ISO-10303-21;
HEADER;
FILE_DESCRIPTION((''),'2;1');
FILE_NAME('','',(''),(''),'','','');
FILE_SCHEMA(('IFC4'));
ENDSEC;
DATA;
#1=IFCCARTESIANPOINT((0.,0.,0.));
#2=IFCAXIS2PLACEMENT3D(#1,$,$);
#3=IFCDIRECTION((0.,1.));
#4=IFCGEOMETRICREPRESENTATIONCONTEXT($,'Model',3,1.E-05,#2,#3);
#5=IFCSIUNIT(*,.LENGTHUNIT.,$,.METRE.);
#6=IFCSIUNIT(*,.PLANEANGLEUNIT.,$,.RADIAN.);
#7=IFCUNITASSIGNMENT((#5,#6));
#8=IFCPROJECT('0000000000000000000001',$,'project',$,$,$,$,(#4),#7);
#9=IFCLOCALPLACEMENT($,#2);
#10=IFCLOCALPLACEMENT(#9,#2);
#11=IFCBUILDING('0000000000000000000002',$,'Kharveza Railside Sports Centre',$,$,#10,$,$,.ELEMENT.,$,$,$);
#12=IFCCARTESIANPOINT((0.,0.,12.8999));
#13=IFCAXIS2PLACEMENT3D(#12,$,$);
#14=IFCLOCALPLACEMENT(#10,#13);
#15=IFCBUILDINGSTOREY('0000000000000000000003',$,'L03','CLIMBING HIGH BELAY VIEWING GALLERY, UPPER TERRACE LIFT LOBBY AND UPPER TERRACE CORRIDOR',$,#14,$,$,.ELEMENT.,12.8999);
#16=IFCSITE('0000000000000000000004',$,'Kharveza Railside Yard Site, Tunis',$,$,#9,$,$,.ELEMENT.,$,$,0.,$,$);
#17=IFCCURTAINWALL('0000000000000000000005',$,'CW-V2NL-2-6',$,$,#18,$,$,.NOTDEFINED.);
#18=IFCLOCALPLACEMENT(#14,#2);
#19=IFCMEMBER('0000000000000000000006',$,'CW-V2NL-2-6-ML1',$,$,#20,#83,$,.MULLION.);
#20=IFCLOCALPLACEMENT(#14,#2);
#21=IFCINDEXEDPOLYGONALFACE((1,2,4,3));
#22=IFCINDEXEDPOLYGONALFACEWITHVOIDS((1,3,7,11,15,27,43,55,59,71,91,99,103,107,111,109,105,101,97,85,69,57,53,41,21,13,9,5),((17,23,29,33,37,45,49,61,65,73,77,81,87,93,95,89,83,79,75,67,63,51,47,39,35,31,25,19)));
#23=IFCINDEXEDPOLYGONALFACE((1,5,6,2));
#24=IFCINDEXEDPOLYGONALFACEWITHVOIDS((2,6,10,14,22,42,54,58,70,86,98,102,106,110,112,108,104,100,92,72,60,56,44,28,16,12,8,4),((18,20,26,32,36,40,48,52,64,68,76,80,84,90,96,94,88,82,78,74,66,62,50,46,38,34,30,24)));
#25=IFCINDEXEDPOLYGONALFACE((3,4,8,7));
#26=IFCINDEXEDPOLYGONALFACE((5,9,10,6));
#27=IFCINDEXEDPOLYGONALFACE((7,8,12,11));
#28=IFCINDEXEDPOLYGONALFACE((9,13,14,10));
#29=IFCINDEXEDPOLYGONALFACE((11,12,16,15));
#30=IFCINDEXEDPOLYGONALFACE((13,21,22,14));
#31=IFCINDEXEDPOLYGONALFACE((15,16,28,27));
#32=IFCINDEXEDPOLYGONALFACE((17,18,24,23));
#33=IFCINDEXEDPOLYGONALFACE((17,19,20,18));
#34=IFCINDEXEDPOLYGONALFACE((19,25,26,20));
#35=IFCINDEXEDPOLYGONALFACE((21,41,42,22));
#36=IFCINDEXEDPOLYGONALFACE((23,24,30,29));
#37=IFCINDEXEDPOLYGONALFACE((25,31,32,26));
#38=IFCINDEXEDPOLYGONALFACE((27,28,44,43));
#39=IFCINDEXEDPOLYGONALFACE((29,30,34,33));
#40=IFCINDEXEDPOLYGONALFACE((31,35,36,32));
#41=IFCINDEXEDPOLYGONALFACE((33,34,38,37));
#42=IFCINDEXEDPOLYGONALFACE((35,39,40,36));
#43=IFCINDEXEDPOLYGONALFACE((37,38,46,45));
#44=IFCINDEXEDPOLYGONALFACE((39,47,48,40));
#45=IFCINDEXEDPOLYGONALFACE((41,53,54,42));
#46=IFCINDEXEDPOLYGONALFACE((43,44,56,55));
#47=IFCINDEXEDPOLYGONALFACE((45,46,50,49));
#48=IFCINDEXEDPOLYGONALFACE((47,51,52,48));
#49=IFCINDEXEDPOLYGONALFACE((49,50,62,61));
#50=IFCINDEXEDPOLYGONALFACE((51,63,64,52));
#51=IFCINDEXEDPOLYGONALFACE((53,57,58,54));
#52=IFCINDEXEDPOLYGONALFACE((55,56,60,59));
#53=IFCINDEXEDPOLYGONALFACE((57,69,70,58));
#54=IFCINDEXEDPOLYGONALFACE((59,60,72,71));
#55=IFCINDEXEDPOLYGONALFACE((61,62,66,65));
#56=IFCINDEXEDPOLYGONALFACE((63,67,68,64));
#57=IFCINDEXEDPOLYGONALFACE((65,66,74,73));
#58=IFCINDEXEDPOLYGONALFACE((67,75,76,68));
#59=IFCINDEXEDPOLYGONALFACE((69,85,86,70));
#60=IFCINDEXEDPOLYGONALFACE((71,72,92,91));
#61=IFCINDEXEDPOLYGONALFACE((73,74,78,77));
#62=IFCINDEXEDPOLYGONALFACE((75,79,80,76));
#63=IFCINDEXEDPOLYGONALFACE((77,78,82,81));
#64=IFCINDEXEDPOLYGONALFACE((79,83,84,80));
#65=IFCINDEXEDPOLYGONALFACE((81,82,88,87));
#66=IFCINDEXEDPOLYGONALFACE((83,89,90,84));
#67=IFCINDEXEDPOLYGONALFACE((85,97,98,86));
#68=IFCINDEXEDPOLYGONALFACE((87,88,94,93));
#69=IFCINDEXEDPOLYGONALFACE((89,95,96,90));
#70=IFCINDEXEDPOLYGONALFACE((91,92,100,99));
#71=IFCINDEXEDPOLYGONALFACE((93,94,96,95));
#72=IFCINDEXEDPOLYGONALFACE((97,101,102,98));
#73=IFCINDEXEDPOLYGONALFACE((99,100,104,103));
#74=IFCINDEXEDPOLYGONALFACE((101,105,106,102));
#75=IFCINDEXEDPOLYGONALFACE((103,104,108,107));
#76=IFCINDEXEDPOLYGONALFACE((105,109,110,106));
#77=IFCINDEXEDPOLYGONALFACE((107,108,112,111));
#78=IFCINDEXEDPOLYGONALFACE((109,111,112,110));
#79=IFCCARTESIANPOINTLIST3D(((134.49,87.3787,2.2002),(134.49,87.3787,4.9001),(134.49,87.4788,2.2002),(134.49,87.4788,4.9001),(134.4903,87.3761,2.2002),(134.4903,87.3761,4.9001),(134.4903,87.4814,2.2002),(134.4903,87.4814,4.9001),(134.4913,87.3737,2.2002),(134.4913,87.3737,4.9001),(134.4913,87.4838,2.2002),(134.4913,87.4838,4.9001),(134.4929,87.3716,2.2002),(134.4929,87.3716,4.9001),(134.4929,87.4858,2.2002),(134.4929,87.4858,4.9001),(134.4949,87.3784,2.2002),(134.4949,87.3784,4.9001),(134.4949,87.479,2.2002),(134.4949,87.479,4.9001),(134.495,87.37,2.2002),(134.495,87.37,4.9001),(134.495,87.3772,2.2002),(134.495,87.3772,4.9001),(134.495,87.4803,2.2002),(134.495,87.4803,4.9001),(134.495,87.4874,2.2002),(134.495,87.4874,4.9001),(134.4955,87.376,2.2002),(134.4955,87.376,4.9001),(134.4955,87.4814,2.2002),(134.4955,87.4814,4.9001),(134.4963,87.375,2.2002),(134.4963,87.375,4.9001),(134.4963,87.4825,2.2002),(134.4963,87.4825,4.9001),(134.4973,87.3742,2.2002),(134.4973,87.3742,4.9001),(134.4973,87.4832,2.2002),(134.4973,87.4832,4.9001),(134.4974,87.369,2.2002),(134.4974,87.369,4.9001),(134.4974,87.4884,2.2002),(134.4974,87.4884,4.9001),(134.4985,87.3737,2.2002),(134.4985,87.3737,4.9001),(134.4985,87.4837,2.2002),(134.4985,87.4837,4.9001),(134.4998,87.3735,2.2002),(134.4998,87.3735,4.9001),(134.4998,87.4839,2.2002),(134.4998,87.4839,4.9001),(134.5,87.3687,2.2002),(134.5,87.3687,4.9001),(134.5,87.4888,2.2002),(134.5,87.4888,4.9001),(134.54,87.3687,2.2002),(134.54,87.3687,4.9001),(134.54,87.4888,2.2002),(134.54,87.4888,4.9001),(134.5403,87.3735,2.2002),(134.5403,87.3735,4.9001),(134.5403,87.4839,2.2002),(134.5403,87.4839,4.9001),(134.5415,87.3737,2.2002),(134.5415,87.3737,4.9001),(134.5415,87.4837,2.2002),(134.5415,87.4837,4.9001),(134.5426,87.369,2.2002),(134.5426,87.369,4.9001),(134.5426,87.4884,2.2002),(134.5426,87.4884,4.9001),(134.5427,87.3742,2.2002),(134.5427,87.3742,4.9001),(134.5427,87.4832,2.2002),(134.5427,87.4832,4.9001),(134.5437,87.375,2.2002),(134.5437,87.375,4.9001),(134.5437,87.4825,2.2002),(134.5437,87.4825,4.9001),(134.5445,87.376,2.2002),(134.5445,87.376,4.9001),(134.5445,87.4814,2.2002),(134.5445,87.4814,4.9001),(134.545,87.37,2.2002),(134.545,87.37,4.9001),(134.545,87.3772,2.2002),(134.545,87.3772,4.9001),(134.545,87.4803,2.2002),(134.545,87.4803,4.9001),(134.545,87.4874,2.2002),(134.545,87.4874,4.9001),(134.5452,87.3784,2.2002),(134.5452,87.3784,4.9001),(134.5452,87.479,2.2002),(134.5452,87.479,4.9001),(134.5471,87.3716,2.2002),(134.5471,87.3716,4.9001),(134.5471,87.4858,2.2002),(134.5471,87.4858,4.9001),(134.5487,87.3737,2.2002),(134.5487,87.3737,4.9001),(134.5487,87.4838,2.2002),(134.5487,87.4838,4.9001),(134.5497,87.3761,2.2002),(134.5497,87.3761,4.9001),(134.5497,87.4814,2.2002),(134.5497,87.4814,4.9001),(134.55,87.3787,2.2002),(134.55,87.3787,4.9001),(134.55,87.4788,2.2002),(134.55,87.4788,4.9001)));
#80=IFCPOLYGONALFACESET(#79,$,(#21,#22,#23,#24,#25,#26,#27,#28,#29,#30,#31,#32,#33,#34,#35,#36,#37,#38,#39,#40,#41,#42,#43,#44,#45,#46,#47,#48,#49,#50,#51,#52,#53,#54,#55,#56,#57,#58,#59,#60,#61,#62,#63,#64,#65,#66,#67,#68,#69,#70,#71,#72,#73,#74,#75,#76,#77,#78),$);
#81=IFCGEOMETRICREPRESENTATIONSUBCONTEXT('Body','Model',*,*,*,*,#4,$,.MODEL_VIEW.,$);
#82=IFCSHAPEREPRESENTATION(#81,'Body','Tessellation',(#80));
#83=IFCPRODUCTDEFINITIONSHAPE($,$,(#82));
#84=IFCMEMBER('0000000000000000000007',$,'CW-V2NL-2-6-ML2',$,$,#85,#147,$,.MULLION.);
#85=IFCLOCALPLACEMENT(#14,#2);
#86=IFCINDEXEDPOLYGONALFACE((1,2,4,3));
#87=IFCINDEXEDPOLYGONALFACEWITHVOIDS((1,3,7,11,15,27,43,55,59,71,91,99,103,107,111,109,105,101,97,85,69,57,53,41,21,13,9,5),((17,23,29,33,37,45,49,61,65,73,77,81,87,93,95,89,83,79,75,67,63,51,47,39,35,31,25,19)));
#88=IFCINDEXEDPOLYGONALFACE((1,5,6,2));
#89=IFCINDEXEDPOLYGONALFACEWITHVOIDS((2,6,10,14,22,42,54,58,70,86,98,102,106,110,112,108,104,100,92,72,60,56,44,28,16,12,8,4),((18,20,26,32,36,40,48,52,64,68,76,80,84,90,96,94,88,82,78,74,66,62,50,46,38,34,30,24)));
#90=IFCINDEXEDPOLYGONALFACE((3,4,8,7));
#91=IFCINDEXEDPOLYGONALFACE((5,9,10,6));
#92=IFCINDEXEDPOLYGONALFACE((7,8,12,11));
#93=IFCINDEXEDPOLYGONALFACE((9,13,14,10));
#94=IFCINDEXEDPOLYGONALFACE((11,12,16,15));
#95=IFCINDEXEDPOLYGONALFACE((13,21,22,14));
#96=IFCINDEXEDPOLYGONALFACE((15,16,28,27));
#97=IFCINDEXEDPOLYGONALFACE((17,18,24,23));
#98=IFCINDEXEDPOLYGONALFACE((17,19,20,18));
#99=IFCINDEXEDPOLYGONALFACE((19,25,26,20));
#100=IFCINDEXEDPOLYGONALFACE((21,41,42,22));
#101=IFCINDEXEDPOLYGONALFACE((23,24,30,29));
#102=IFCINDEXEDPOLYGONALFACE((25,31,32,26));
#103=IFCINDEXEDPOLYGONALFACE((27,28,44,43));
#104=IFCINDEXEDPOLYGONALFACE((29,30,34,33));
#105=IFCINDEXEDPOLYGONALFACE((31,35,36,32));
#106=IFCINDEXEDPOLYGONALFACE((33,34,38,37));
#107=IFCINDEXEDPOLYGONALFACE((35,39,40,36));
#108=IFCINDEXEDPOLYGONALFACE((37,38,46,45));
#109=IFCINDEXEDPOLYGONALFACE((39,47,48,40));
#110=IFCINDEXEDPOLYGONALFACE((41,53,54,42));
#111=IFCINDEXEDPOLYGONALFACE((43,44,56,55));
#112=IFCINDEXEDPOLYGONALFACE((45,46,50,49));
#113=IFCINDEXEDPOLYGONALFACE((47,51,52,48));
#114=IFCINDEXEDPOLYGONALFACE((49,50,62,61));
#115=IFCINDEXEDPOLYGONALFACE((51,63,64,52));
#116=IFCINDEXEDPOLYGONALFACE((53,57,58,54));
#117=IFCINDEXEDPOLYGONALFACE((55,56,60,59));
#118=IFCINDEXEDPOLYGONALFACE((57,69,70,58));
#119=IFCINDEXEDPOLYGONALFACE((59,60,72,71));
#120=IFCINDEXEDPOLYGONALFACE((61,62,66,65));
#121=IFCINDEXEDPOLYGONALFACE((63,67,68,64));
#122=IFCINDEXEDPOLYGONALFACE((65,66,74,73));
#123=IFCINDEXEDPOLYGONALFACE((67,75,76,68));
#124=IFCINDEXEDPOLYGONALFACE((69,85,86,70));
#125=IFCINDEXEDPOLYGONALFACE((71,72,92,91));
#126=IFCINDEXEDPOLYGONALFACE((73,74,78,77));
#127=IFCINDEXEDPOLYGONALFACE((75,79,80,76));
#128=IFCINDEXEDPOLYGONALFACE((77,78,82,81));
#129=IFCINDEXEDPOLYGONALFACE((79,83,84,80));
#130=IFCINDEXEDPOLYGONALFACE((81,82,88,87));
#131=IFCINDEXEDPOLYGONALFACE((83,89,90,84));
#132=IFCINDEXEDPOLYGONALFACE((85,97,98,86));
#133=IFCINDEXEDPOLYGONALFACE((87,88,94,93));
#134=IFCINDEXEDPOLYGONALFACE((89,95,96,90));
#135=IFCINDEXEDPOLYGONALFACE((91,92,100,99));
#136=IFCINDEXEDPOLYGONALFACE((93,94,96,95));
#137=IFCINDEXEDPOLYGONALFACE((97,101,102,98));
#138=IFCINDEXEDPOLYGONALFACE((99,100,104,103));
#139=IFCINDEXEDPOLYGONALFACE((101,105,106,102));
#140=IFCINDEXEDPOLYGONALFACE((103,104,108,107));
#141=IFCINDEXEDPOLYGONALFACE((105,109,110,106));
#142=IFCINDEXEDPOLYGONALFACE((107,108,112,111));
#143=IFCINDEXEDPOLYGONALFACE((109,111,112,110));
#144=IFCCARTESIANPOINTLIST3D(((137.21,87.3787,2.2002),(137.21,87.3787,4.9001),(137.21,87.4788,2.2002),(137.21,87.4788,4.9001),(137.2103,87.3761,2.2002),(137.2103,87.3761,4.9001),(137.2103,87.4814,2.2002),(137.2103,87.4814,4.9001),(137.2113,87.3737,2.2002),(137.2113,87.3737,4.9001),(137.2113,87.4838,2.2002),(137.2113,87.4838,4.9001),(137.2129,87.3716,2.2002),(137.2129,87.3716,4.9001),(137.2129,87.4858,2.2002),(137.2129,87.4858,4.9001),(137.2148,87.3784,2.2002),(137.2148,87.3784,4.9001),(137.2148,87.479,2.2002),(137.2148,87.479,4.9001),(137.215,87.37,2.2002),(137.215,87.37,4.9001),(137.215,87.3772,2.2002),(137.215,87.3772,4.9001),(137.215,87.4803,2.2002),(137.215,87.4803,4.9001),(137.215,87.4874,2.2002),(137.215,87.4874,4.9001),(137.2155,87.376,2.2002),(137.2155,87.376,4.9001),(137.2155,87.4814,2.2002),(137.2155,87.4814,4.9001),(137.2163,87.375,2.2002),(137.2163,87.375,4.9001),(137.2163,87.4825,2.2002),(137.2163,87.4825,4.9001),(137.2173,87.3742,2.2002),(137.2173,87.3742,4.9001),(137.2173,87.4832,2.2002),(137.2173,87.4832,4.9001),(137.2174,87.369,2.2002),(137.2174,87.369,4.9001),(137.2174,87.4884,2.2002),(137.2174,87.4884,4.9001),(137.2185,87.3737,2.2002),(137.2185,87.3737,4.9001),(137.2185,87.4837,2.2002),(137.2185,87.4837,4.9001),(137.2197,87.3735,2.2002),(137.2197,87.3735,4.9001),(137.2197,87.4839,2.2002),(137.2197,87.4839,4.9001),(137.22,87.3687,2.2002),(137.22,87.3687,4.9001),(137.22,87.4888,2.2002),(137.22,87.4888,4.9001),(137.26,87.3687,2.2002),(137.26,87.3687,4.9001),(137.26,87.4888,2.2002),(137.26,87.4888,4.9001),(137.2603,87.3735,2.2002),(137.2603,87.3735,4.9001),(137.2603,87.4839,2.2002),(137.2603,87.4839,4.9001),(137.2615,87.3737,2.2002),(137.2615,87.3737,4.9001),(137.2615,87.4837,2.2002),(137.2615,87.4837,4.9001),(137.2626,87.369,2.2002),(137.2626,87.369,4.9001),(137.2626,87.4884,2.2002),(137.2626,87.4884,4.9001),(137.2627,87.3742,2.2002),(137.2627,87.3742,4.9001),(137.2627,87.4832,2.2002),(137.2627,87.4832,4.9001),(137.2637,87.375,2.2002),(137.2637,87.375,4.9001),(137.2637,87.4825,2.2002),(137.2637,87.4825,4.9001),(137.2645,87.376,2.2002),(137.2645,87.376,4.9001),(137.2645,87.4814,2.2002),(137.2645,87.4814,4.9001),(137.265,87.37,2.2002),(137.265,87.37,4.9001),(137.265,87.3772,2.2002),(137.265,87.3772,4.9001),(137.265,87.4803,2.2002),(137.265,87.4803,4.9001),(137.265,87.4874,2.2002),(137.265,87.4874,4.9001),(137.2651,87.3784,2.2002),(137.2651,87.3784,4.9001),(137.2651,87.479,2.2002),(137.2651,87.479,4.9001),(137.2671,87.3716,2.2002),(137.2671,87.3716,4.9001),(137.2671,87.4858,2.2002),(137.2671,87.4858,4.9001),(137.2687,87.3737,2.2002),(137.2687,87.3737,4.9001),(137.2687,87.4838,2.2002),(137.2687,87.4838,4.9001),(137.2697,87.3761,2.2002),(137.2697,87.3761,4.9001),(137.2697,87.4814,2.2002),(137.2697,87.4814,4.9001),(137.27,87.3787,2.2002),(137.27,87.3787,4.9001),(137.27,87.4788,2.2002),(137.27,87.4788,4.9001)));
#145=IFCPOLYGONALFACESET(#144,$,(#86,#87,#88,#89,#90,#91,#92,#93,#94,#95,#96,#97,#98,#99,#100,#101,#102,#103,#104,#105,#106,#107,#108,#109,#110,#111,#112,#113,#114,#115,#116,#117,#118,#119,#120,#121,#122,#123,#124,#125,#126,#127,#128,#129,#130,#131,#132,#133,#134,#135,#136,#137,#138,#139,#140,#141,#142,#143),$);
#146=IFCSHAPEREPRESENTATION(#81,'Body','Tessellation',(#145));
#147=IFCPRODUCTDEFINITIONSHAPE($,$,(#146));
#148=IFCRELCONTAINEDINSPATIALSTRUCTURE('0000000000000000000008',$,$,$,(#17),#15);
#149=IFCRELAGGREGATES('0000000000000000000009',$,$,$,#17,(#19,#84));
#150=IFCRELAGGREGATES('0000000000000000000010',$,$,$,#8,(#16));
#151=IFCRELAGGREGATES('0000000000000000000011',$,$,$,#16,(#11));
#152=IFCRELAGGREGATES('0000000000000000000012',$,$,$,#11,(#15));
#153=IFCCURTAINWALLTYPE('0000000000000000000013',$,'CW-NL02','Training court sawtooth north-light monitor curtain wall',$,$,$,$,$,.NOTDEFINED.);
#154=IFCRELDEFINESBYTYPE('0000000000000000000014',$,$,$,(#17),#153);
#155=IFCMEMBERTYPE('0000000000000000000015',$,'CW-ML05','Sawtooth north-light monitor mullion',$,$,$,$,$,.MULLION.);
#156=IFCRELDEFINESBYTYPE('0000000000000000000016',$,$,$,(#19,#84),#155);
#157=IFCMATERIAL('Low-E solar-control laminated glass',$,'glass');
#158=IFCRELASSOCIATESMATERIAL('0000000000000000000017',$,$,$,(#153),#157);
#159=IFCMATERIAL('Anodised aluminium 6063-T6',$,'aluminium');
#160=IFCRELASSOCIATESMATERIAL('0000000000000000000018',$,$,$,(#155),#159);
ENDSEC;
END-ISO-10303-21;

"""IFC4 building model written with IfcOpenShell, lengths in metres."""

from ifc_helpers import new_model, si_unit, direction, frame, origin, origin_2d, place, context, subcontext, project, spatial, hollow_rectangle, extrude, material, material_profile, profile_set, type_object, element, aggregate, save


model = new_model("IFC4")

# Units and contexts
model_context = context("Model", 3, precision=1e-05, world=origin(), true_north=direction((0.0, 1.0)))
body_context = subcontext(model_context, "Body", "Model", "MODEL_VIEW")
ifc_project = project(units=[si_unit("LENGTHUNIT", "METRE"), si_unit("PLANEANGLEUNIT", "RADIAN")], contexts=[model_context])

# Site, building, storey
site_placement = place(None, origin())
site = spatial("IfcSite", under=ifc_project, at=site_placement, Name="Kharveza Railside Yard Site, Tunis", CompositionType="ELEMENT", RefElevation=0.0)
building_placement = place(site_placement, origin())
building = spatial("IfcBuilding", under=site, at=building_placement, Name="Kharveza Railside Sports Centre", CompositionType="ELEMENT")
storey_placement = place(building_placement, frame((0.0, 0.0, 12.8999)))
storey = spatial("IfcBuildingStorey", under=building, at=storey_placement, Name="L03", Description="CLIMBING HIGH BELAY VIEWING GALLERY, UPPER TERRACE LIFT LOBBY AND UPPER TERRACE CORRIDOR", CompositionType="ELEMENT", Elevation=12.8999)

# Curtain wall, members
ifc_material_1 = material(Name="Low-E solar-control laminated glass", Category="glass")
curtain_wall_type = type_object("IfcCurtainWallType", Name="CW-NL02", Description="Training court sawtooth north-light monitor curtain wall", PredefinedType="NOTDEFINED", material=ifc_material_1)
curtain_wall_1_placement = place(storey_placement, origin())
curtain_wall_1 = element("IfcCurtainWall", 1, at=curtain_wall_1_placement, inside=storey, type_object=curtain_wall_type, Name="CW-V2NL-2-6", PredefinedType="NOTDEFINED")
ifc_material_2 = material(Name="Anodised aluminium 6063-T6", Category="aluminium")
ifc_material_profile_1 = material_profile(ifc_material_2, hollow_rectangle(XDim=0.0601, YDim=0.1201, WallThickness=0.0049, InnerFilletRadius=0.0049, OuterFilletRadius=0.01, at=origin_2d()), Name="RHS 60x120x5.0")
ifc_profile_set_1 = profile_set([ifc_material_profile_1], Name="Anodised aluminium 6063-T6")
member_type_1 = type_object("IfcMemberType", Name="CW-ML05", Description="Sawtooth north-light monitor mullion", PredefinedType="MULLION", material=ifc_profile_set_1)
member_1_placement = place(storey_placement, frame((134.52, 87.4287, 2.2002), z_axis=(0.0, 0.0, 1.0), x_axis=(1.0, 0.0, 0.0)))
member_1 = element("IfcMember", 2, at=member_1_placement, type_object=member_type_1, Name="CW-V2NL-2-6-ML1", PredefinedType="MULLION", context=body_context, shape_type="SweptSolid", body=[
    extrude(hollow_rectangle(XDim=0.0601, YDim=0.1201, WallThickness=0.0049, InnerFilletRadius=0.0049, OuterFilletRadius=0.01, at=origin_2d()), origin(), (0.0, 0.0, 1.0), 2.7),
])
member_2_placement = place(storey_placement, frame((137.24, 87.4287, 2.2002), z_axis=(0.0, 0.0, 1.0), x_axis=(1.0, 0.0, 0.0)))
member_2 = element("IfcMember", 3, at=member_2_placement, type_object=member_type_1, Name="CW-V2NL-2-6-ML2", PredefinedType="MULLION", context=body_context, shape_type="SweptSolid", body=[
    extrude(hollow_rectangle(XDim=0.0601, YDim=0.1201, WallThickness=0.0049, InnerFilletRadius=0.0049, OuterFilletRadius=0.01, at=origin_2d()), origin(), (0.0, 0.0, 1.0), 2.7),
])

aggregate(curtain_wall_1, [member_1, member_2])

save(model, "model.ifc")
